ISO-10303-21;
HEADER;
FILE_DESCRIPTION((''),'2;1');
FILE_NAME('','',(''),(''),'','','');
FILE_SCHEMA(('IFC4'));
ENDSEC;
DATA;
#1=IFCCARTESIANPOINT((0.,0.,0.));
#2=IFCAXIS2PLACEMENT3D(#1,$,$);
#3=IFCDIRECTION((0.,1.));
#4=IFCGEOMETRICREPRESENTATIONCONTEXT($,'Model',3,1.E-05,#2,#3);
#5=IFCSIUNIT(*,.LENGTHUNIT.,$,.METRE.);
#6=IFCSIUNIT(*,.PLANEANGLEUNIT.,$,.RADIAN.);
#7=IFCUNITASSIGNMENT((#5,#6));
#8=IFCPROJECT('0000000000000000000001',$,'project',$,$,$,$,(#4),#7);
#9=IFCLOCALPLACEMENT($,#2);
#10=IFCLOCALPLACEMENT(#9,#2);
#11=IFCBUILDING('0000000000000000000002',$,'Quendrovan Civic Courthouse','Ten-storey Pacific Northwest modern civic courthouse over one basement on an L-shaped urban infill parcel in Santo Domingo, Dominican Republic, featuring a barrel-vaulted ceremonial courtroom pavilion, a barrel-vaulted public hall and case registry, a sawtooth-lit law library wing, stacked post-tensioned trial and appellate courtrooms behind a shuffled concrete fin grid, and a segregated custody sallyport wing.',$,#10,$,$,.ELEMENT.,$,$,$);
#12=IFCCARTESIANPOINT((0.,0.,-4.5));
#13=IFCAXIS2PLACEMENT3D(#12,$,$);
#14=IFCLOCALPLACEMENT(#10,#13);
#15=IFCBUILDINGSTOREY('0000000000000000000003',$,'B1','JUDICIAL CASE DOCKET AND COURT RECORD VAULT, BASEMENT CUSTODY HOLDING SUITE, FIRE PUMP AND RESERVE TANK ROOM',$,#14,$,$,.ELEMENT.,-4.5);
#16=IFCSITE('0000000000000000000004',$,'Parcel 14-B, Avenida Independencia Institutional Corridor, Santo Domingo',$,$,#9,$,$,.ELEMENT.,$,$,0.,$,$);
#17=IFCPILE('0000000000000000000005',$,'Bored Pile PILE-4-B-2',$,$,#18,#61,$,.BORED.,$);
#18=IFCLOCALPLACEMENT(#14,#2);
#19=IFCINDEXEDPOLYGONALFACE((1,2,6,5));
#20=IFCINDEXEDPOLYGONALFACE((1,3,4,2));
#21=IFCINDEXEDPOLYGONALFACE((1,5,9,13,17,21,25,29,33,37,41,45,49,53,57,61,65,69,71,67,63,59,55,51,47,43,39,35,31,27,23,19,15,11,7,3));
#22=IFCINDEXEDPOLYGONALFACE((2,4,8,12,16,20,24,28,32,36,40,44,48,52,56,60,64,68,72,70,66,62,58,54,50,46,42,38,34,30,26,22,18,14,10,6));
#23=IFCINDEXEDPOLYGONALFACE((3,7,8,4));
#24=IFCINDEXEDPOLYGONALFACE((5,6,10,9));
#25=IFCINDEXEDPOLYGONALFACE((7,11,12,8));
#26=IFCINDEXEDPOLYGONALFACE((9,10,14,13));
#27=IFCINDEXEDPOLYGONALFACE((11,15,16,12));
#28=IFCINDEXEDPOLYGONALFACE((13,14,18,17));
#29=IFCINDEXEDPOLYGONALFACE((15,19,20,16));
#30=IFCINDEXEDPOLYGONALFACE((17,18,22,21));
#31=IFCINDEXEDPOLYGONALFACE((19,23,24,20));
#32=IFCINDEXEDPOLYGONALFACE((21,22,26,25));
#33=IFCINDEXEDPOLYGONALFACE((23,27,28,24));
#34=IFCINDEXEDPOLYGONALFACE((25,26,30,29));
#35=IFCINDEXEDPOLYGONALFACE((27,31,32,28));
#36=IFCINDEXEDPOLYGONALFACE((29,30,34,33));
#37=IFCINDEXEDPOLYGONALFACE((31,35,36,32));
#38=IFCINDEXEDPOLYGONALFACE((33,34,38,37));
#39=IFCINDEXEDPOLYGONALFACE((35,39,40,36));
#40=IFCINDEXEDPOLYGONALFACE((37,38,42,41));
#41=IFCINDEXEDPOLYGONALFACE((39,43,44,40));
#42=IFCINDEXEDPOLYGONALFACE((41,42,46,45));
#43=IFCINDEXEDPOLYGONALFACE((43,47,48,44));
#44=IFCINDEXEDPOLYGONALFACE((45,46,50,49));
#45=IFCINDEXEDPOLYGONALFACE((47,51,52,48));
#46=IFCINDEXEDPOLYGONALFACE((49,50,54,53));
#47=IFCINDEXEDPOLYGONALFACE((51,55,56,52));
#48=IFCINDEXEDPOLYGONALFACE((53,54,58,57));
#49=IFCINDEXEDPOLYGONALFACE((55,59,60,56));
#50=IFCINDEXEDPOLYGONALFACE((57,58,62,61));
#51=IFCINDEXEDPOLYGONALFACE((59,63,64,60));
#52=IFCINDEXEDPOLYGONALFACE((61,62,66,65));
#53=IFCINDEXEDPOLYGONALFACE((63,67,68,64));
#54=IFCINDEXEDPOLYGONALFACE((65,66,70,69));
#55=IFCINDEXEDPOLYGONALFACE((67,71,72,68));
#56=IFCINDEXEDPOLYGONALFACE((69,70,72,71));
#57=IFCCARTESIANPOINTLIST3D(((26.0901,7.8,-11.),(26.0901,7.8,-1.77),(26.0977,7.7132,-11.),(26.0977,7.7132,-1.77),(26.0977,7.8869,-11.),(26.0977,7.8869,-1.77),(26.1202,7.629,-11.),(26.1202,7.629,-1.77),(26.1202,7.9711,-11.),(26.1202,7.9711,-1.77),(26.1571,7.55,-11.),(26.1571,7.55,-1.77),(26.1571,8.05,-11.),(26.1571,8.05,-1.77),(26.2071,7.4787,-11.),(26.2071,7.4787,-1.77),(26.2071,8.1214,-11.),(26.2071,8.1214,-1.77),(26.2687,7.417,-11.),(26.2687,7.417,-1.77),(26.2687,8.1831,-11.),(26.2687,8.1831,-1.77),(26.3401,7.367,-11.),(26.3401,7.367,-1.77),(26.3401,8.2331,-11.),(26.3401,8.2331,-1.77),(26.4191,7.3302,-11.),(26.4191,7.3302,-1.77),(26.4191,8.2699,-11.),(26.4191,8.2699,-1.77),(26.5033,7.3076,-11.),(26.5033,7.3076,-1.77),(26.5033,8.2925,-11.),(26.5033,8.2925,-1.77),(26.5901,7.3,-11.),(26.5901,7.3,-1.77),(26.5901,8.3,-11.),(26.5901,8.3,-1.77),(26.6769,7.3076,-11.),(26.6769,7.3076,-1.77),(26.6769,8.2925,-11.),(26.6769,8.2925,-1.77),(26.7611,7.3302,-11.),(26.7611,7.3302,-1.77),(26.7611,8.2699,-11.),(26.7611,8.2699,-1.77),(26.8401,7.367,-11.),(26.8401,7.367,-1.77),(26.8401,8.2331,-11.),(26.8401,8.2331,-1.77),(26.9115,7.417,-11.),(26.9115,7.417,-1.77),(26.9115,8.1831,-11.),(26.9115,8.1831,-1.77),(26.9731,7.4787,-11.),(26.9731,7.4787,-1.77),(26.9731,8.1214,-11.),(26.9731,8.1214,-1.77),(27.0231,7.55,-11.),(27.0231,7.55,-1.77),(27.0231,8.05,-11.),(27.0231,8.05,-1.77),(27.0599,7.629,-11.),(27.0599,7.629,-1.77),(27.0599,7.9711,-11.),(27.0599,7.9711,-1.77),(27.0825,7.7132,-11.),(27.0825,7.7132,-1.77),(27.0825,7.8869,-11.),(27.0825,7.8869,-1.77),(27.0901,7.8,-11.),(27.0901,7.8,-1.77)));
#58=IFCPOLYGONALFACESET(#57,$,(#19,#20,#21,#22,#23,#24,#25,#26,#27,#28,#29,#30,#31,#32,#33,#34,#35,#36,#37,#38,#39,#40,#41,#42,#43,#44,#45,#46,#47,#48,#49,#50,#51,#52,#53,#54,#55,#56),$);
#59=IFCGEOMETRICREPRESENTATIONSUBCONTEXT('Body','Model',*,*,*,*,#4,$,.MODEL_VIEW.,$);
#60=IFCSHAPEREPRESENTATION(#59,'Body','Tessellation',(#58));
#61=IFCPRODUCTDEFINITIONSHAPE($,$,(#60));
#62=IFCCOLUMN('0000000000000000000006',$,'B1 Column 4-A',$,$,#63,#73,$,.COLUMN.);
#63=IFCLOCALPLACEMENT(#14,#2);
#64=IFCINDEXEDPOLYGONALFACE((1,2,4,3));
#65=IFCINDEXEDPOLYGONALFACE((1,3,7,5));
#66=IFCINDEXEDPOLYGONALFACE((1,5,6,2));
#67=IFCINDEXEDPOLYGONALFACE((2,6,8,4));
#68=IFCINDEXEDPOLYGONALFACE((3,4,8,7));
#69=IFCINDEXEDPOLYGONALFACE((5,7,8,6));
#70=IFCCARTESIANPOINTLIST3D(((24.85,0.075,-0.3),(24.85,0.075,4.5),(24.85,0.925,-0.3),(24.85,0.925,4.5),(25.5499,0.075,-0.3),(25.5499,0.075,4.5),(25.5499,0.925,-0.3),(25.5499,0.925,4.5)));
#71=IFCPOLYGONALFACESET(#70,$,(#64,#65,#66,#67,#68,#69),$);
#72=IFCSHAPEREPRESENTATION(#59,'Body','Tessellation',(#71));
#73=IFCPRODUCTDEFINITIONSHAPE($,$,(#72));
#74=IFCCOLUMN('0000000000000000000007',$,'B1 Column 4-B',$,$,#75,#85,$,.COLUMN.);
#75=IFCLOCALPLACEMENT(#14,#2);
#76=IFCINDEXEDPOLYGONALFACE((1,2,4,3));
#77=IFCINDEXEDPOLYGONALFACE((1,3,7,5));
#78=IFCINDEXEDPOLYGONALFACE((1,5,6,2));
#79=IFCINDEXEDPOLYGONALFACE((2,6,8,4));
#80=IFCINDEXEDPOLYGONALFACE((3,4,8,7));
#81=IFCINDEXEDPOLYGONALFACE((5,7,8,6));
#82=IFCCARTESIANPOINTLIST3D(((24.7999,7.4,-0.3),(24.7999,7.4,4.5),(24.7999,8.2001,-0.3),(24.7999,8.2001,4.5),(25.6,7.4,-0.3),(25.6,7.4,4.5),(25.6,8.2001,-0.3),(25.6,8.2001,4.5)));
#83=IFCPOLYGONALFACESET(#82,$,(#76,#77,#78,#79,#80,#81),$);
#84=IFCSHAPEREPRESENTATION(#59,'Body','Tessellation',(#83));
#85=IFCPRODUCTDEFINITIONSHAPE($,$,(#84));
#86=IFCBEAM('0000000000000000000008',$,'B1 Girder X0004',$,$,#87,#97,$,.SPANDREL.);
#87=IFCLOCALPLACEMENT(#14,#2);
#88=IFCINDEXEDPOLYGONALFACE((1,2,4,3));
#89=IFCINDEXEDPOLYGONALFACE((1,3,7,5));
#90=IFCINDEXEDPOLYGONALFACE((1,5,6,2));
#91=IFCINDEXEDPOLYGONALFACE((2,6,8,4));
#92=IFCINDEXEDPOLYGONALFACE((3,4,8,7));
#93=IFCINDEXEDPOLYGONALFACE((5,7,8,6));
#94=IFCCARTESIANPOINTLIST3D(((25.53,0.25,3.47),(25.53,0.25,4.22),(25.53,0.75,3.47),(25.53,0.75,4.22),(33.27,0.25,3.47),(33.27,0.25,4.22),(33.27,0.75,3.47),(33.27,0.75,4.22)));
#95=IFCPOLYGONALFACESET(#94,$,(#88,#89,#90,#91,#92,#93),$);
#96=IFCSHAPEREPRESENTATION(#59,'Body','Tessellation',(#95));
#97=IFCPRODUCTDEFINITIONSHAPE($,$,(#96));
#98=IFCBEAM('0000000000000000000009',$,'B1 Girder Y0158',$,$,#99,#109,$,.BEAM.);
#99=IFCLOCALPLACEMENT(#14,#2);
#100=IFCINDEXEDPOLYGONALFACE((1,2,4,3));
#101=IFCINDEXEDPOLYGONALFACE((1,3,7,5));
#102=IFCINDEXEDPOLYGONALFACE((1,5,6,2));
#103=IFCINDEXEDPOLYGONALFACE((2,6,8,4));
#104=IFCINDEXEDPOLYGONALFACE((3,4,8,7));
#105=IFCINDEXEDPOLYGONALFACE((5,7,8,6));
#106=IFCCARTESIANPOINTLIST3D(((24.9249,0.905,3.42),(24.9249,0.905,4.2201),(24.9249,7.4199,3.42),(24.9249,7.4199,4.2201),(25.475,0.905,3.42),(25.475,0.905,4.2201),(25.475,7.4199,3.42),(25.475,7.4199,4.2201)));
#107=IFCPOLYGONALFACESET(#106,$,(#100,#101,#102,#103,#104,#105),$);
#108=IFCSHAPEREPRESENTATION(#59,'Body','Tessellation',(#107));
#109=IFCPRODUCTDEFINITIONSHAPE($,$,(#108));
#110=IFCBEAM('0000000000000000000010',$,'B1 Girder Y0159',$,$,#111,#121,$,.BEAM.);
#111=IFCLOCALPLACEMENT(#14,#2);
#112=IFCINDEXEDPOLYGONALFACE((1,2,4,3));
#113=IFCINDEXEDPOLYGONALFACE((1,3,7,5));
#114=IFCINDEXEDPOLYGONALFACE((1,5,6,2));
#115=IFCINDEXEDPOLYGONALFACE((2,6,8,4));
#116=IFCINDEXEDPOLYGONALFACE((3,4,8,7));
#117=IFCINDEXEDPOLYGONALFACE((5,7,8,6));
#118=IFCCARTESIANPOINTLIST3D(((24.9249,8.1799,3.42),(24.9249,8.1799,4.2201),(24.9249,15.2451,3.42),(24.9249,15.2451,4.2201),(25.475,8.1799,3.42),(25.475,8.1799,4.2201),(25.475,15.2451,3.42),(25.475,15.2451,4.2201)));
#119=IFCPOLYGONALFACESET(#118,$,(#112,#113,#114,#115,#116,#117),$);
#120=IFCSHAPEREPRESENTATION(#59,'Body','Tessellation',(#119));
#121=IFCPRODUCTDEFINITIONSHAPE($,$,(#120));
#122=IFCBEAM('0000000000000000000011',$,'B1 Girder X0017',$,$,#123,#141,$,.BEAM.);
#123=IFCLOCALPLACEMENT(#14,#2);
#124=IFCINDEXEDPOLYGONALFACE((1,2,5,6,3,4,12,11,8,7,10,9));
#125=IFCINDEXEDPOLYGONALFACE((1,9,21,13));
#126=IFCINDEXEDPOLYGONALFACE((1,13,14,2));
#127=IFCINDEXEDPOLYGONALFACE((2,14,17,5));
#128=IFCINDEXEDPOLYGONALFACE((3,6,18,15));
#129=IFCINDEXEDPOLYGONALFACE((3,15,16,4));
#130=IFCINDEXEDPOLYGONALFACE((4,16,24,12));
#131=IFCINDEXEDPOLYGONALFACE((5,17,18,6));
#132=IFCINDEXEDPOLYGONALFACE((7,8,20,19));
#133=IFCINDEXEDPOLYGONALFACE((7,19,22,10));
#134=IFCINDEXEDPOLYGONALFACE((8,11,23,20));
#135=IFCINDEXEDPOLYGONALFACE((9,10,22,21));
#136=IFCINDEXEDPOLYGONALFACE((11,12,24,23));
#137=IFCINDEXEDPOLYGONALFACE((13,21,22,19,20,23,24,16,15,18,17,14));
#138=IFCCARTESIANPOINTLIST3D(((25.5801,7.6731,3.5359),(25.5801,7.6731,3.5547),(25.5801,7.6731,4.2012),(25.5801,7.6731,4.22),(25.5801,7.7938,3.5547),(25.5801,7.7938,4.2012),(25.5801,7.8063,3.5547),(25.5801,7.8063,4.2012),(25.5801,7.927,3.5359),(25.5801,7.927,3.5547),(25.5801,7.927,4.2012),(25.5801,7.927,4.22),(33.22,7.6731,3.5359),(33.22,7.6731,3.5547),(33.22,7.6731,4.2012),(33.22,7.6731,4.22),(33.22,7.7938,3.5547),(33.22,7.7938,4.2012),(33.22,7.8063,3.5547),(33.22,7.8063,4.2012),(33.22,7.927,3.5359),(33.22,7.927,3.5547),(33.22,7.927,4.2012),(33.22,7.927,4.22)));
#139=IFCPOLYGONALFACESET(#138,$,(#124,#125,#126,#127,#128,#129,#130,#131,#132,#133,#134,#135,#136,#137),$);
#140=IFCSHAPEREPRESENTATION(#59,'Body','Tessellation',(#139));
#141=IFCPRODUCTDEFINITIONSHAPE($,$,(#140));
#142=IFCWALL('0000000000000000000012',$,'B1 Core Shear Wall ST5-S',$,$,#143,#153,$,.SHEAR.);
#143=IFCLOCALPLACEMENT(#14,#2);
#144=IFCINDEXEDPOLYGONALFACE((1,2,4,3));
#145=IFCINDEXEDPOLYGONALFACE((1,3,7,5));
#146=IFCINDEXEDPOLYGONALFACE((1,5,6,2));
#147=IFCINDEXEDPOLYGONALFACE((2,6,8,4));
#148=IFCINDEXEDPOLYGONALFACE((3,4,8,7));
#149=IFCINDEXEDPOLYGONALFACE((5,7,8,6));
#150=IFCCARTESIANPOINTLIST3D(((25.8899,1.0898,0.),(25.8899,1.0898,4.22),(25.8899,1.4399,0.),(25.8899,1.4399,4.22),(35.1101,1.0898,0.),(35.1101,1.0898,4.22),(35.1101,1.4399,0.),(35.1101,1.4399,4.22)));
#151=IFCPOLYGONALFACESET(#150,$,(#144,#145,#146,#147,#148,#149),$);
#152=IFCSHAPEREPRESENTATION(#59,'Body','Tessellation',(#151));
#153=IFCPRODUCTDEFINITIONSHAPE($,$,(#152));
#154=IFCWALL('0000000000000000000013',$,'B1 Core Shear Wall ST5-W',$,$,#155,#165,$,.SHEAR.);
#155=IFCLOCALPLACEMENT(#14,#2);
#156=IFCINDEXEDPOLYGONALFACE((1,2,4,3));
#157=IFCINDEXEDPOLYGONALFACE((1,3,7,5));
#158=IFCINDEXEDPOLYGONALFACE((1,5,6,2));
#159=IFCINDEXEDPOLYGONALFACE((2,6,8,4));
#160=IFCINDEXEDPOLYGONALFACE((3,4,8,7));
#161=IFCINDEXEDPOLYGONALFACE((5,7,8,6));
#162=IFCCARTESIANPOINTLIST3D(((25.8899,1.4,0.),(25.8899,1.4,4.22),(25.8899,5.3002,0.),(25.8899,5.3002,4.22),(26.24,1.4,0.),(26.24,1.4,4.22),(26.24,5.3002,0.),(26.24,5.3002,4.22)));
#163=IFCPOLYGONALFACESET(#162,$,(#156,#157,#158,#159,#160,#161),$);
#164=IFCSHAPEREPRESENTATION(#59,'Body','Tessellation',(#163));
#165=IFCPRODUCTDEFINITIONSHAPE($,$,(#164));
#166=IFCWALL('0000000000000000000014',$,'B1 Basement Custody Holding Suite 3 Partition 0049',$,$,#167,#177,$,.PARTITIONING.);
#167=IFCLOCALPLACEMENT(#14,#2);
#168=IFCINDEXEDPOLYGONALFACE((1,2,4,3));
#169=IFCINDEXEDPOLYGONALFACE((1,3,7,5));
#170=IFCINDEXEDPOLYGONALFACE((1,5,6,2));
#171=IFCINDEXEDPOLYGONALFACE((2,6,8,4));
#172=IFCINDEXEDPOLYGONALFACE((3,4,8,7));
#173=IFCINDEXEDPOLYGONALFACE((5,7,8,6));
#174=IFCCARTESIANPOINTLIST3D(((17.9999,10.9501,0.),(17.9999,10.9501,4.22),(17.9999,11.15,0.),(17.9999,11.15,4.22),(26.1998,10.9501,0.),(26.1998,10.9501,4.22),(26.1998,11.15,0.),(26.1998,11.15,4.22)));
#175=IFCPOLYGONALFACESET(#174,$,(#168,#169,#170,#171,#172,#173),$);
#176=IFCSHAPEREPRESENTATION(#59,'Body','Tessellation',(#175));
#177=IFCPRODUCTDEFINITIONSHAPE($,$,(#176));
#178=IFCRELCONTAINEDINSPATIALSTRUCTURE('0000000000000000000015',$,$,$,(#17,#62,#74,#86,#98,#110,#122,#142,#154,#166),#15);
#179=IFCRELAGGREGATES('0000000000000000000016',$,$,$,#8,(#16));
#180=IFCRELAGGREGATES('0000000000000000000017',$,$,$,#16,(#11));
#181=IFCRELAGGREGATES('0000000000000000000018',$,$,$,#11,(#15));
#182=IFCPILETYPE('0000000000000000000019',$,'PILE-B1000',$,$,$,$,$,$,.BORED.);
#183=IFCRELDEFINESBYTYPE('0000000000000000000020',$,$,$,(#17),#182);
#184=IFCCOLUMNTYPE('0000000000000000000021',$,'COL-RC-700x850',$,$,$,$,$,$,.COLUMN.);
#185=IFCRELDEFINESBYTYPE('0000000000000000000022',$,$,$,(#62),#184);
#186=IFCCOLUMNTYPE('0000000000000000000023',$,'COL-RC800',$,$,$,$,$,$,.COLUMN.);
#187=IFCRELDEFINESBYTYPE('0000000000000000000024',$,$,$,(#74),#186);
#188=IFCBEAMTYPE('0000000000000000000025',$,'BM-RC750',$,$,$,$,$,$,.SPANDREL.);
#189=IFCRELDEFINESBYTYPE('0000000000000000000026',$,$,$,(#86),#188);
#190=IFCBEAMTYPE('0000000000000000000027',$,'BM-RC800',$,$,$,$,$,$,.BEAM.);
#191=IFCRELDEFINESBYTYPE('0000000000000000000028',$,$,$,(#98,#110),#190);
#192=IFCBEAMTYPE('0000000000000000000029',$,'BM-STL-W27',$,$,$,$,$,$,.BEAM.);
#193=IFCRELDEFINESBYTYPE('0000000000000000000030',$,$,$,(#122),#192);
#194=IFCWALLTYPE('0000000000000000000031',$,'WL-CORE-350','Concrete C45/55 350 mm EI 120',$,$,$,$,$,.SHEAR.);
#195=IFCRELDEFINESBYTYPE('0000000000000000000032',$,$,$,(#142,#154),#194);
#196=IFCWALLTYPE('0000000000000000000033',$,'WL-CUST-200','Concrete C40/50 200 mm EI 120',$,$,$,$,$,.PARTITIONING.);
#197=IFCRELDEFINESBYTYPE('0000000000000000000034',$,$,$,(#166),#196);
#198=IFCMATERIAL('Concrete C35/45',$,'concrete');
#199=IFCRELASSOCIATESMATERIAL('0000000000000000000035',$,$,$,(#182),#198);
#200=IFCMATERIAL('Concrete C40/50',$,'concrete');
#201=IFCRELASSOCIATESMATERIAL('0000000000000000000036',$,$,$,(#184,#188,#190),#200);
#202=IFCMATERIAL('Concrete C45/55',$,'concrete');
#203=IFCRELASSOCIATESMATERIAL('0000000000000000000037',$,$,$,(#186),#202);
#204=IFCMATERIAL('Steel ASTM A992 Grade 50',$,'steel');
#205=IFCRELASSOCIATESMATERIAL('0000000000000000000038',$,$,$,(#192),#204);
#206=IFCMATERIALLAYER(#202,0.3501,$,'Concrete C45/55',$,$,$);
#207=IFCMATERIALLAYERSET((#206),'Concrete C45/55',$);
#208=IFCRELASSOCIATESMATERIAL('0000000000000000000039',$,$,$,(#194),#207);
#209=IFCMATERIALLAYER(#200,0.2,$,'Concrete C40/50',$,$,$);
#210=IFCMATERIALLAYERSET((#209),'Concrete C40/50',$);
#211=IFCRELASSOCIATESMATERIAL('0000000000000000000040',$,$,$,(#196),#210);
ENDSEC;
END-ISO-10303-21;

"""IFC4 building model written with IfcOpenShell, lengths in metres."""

from ifc_helpers import new_model, si_unit, direction, frame, frame_2d, origin, origin_2d, place, context, subcontext, project, spatial, rectangle, circle, i_section, extrude, material, layer, layer_set, material_profile, profile_set, type_object, element, save


model = new_model("IFC4")

# Units and contexts
model_context = context("Model", 3, precision=1e-05, world=origin(), true_north=direction((0.0, 1.0)))
body_context = subcontext(model_context, "Body", "Model", "MODEL_VIEW")
ifc_project = project(units=[si_unit("LENGTHUNIT", "METRE"), si_unit("PLANEANGLEUNIT", "RADIAN")], contexts=[model_context])

# Site, building, storey
site_placement = place(None, origin())
site = spatial("IfcSite", under=ifc_project, at=site_placement, Name="Parcel 14-B, Avenida Independencia Institutional Corridor, Santo Domingo", CompositionType="ELEMENT", RefElevation=0.0)
building_placement = place(site_placement, origin())
building = spatial("IfcBuilding", under=site, at=building_placement, Name="Quendrovan Civic Courthouse", Description="Ten-storey Pacific Northwest modern civic courthouse over one basement on an L-shaped urban infill parcel in Santo Domingo, Dominican Republic, featuring a barrel-vaulted ceremonial courtroom pavilion, a barrel-vaulted public hall and case registry, a sawtooth-lit law library wing, stacked post-tensioned trial and appellate courtrooms behind a shuffled concrete fin grid, and a segregated custody sallyport wing.", CompositionType="ELEMENT")
storey_placement = place(building_placement, frame((0.0, 0.0, -4.5)))
storey = spatial("IfcBuildingStorey", under=building, at=storey_placement, Name="B1", Description="JUDICIAL CASE DOCKET AND COURT RECORD VAULT, BASEMENT CUSTODY HOLDING SUITE, FIRE PUMP AND RESERVE TANK ROOM", CompositionType="ELEMENT", Elevation=-4.5)

# Shared definitions
ifc_material_1 = material(Name="Concrete C35/45", Category="concrete")

# Pile
ifc_material_profile_1 = material_profile(ifc_material_1, circle(Radius=0.5, at=origin_2d()), Name="PILE-D1000")
ifc_profile_set_1 = profile_set([ifc_material_profile_1], Name="Concrete C35/45")
pile_type = type_object("IfcPileType", Name="PILE-B1000", PredefinedType="BORED", material=ifc_profile_set_1)
for number, where, z_axis, x_axis, name in (
    (1, (26.5901, 7.8, -1.77), (0.0, 0.0, -1.0), (1.0, 0.0, 0.0), "Bored Pile PILE-4-B-2"),
):
    element("IfcPile", number, at=place(storey_placement, frame(where, z_axis=z_axis, x_axis=x_axis)), inside=storey, type_object=pile_type, Name=name, PredefinedType="BORED", context=body_context, shape_type="SweptSolid", body=[
        extrude(circle(Radius=0.5, at=origin_2d()), origin(), (0.0, 0.0, 1.0), 9.23),
    ])

# Columns
ifc_material_2 = material(Name="Concrete C40/50", Category="concrete")
ifc_material_profile_2 = material_profile(ifc_material_2, rectangle(XDim=0.7, YDim=0.8501, at=origin_2d()), Name="RC-COL-700x850")
ifc_profile_set_2 = profile_set([ifc_material_profile_2], Name="Concrete C40/50")
column_type_1 = type_object("IfcColumnType", Name="COL-RC-700x850", PredefinedType="COLUMN", material=ifc_profile_set_2)
column_1_placement = place(storey_placement, frame((25.2, 0.5, -0.3), z_axis=(0.0, 0.0, 1.0), x_axis=(1.0, 0.0, 0.0)))
element("IfcColumn", 2, at=column_1_placement, inside=storey, type_object=column_type_1, Name="B1 Column 4-A", PredefinedType="COLUMN", context=body_context, shape_type="SweptSolid", body=[
    extrude(rectangle(XDim=0.7, YDim=0.8501, at=origin_2d()), origin(), (0.0, 0.0, 1.0), 4.8),
])
ifc_material_3 = material(Name="Concrete C45/55", Category="concrete")
ifc_material_profile_3 = material_profile(ifc_material_3, rectangle(XDim=0.8, YDim=0.8, at=origin_2d()), Name="RC-COL-800x800")
ifc_profile_set_3 = profile_set([ifc_material_profile_3], Name="Concrete C45/55")
column_type_2 = type_object("IfcColumnType", Name="COL-RC800", PredefinedType="COLUMN", material=ifc_profile_set_3)
column_2_placement = place(storey_placement, frame((25.2, 7.8, -0.3), z_axis=(0.0, 0.0, 1.0), x_axis=(1.0, 0.0, 0.0)))
element("IfcColumn", 3, at=column_2_placement, inside=storey, type_object=column_type_2, Name="B1 Column 4-B", PredefinedType="COLUMN", context=body_context, shape_type="SweptSolid", body=[
    extrude(rectangle(XDim=0.8, YDim=0.8, at=origin_2d()), origin(), (0.0, 0.0, 1.0), 4.8),
])

# Beams
ifc_material_profile_4 = material_profile(ifc_material_2, rectangle(XDim=0.5, YDim=0.75, at=origin_2d()), Name="RC-BM-500x750")
ifc_profile_set_4 = profile_set([ifc_material_profile_4], Name="Concrete C40/50")
beam_type_1 = type_object("IfcBeamType", Name="BM-RC750", PredefinedType="SPANDREL", material=ifc_profile_set_4)
beam_1_placement = place(storey_placement, frame((25.53, 0.5, 3.845), z_axis=(1.0, 0.0, 0.0), x_axis=(0.0, 1.0, 0.0)))
element("IfcBeam", 4, at=beam_1_placement, inside=storey, type_object=beam_type_1, Name="B1 Girder X0004", PredefinedType="SPANDREL", context=body_context, shape_type="SweptSolid", body=[
    extrude(rectangle(XDim=0.5, YDim=0.75, at=origin_2d()), origin(), (0.0, 0.0, 1.0), 7.74),
])
ifc_material_profile_5 = material_profile(ifc_material_2, rectangle(XDim=0.55, YDim=0.8, at=origin_2d()), Name="RC-BM-550x800")
ifc_profile_set_5 = profile_set([ifc_material_profile_5], Name="Concrete C40/50")
beam_type_2 = type_object("IfcBeamType", Name="BM-RC800", PredefinedType="BEAM", material=ifc_profile_set_5)
beam_2_placement = place(storey_placement, frame((25.2, 0.905, 3.8201), z_axis=(0.0, 1.0, 0.0), x_axis=(-1.0, 0.0, 0.0)))
element("IfcBeam", 5, at=beam_2_placement, inside=storey, type_object=beam_type_2, Name="B1 Girder Y0158", PredefinedType="BEAM", context=body_context, shape_type="SweptSolid", body=[
    extrude(rectangle(XDim=0.55, YDim=0.8, at=origin_2d()), origin(), (0.0, 0.0, 1.0), 6.5149),
])
beam_3_placement = place(storey_placement, frame((25.2, 8.1799, 3.8201), z_axis=(0.0, 1.0, 0.0), x_axis=(-1.0, 0.0, 0.0)))
element("IfcBeam", 6, at=beam_3_placement, inside=storey, type_object=beam_type_2, Name="B1 Girder Y0159", PredefinedType="BEAM", context=body_context, shape_type="SweptSolid", body=[
    extrude(rectangle(XDim=0.55, YDim=0.8, at=origin_2d()), origin(), (0.0, 0.0, 1.0), 7.0652),
])
ifc_material_4 = material(Name="Steel ASTM A992 Grade 50", Category="steel")
ifc_material_profile_6 = material_profile(ifc_material_4, i_section(OverallWidth=0.2539, OverallDepth=0.6841, WebThickness=0.0125, FlangeThickness=0.0188, at=origin_2d()), Name="W27X94")
ifc_profile_set_6 = profile_set([ifc_material_profile_6], Name="Steel ASTM A992 Grade 50")
beam_type_3 = type_object("IfcBeamType", Name="BM-STL-W27", PredefinedType="BEAM", material=ifc_profile_set_6)
beam_4_placement = place(storey_placement, frame((25.5801, 7.8, 3.8779), z_axis=(1.0, 0.0, 0.0), x_axis=(0.0, 1.0, 0.0)))
element("IfcBeam", 7, at=beam_4_placement, inside=storey, type_object=beam_type_3, Name="B1 Girder X0017", PredefinedType="BEAM", context=body_context, shape_type="SweptSolid", body=[
    extrude(i_section(OverallWidth=0.2539, OverallDepth=0.6841, WebThickness=0.0125, FlangeThickness=0.0188, at=origin_2d()), origin(), (0.0, 0.0, 1.0), 7.6399),
])

# Walls
ifc_layer_1 = layer(ifc_material_3, 0.3501, Name="Concrete C45/55")
ifc_layer_set_1 = layer_set([ifc_layer_1], Name="Concrete C45/55")
wall_type_1 = type_object("IfcWallType", Name="WL-CORE-350", Description="Concrete C45/55 350 mm EI 120", PredefinedType="SHEAR", material=ifc_layer_set_1)
wall_1_placement = place(storey_placement, frame((25.8899, 1.2649, 0.0), z_axis=(0.0, 0.0, 1.0), x_axis=(1.0, 0.0, 0.0)))
element("IfcWall", 8, at=wall_1_placement, inside=storey, type_object=wall_type_1, Name="B1 Core Shear Wall ST5-S", PredefinedType="SHEAR", context=body_context, shape_type="SweptSolid", body=[
    extrude(rectangle(XDim=9.2202, YDim=0.3501, at=frame_2d((4.6101, 0.0))), origin(), (0.0, 0.0, 1.0), 4.22),
])
wall_2_placement = place(storey_placement, frame((26.0649, 1.3999, 0.0), z_axis=(0.0, 0.0, 1.0), x_axis=(0.0, 1.0, 0.0)))
element("IfcWall", 9, at=wall_2_placement, inside=storey, type_object=wall_type_1, Name="B1 Core Shear Wall ST5-W", PredefinedType="SHEAR", context=body_context, shape_type="SweptSolid", body=[
    extrude(rectangle(XDim=3.9001, YDim=0.3501, at=frame_2d((1.9502, 0.0))), origin(), (0.0, 0.0, 1.0), 4.22),
])
ifc_layer_2 = layer(ifc_material_2, 0.2, Name="Concrete C40/50")
ifc_layer_set_2 = layer_set([ifc_layer_2], Name="Concrete C40/50")
wall_type_2 = type_object("IfcWallType", Name="WL-CUST-200", Description="Concrete C40/50 200 mm EI 120", PredefinedType="PARTITIONING", material=ifc_layer_set_2)
wall_3_placement = place(storey_placement, frame((26.2, 11.05, 0.0), z_axis=(0.0, 0.0, 1.0), x_axis=(-1.0, 0.0, 0.0)))
element("IfcWall", 10, at=wall_3_placement, inside=storey, type_object=wall_type_2, Name="B1 Basement Custody Holding Suite 3 Partition 0049", PredefinedType="PARTITIONING", context=body_context, shape_type="SweptSolid", body=[
    extrude(rectangle(XDim=8.2, YDim=0.2, at=frame_2d((4.1001, 0.0))), origin(), (0.0, 0.0, 1.0), 4.22),
])

save(model, "model.ifc")
